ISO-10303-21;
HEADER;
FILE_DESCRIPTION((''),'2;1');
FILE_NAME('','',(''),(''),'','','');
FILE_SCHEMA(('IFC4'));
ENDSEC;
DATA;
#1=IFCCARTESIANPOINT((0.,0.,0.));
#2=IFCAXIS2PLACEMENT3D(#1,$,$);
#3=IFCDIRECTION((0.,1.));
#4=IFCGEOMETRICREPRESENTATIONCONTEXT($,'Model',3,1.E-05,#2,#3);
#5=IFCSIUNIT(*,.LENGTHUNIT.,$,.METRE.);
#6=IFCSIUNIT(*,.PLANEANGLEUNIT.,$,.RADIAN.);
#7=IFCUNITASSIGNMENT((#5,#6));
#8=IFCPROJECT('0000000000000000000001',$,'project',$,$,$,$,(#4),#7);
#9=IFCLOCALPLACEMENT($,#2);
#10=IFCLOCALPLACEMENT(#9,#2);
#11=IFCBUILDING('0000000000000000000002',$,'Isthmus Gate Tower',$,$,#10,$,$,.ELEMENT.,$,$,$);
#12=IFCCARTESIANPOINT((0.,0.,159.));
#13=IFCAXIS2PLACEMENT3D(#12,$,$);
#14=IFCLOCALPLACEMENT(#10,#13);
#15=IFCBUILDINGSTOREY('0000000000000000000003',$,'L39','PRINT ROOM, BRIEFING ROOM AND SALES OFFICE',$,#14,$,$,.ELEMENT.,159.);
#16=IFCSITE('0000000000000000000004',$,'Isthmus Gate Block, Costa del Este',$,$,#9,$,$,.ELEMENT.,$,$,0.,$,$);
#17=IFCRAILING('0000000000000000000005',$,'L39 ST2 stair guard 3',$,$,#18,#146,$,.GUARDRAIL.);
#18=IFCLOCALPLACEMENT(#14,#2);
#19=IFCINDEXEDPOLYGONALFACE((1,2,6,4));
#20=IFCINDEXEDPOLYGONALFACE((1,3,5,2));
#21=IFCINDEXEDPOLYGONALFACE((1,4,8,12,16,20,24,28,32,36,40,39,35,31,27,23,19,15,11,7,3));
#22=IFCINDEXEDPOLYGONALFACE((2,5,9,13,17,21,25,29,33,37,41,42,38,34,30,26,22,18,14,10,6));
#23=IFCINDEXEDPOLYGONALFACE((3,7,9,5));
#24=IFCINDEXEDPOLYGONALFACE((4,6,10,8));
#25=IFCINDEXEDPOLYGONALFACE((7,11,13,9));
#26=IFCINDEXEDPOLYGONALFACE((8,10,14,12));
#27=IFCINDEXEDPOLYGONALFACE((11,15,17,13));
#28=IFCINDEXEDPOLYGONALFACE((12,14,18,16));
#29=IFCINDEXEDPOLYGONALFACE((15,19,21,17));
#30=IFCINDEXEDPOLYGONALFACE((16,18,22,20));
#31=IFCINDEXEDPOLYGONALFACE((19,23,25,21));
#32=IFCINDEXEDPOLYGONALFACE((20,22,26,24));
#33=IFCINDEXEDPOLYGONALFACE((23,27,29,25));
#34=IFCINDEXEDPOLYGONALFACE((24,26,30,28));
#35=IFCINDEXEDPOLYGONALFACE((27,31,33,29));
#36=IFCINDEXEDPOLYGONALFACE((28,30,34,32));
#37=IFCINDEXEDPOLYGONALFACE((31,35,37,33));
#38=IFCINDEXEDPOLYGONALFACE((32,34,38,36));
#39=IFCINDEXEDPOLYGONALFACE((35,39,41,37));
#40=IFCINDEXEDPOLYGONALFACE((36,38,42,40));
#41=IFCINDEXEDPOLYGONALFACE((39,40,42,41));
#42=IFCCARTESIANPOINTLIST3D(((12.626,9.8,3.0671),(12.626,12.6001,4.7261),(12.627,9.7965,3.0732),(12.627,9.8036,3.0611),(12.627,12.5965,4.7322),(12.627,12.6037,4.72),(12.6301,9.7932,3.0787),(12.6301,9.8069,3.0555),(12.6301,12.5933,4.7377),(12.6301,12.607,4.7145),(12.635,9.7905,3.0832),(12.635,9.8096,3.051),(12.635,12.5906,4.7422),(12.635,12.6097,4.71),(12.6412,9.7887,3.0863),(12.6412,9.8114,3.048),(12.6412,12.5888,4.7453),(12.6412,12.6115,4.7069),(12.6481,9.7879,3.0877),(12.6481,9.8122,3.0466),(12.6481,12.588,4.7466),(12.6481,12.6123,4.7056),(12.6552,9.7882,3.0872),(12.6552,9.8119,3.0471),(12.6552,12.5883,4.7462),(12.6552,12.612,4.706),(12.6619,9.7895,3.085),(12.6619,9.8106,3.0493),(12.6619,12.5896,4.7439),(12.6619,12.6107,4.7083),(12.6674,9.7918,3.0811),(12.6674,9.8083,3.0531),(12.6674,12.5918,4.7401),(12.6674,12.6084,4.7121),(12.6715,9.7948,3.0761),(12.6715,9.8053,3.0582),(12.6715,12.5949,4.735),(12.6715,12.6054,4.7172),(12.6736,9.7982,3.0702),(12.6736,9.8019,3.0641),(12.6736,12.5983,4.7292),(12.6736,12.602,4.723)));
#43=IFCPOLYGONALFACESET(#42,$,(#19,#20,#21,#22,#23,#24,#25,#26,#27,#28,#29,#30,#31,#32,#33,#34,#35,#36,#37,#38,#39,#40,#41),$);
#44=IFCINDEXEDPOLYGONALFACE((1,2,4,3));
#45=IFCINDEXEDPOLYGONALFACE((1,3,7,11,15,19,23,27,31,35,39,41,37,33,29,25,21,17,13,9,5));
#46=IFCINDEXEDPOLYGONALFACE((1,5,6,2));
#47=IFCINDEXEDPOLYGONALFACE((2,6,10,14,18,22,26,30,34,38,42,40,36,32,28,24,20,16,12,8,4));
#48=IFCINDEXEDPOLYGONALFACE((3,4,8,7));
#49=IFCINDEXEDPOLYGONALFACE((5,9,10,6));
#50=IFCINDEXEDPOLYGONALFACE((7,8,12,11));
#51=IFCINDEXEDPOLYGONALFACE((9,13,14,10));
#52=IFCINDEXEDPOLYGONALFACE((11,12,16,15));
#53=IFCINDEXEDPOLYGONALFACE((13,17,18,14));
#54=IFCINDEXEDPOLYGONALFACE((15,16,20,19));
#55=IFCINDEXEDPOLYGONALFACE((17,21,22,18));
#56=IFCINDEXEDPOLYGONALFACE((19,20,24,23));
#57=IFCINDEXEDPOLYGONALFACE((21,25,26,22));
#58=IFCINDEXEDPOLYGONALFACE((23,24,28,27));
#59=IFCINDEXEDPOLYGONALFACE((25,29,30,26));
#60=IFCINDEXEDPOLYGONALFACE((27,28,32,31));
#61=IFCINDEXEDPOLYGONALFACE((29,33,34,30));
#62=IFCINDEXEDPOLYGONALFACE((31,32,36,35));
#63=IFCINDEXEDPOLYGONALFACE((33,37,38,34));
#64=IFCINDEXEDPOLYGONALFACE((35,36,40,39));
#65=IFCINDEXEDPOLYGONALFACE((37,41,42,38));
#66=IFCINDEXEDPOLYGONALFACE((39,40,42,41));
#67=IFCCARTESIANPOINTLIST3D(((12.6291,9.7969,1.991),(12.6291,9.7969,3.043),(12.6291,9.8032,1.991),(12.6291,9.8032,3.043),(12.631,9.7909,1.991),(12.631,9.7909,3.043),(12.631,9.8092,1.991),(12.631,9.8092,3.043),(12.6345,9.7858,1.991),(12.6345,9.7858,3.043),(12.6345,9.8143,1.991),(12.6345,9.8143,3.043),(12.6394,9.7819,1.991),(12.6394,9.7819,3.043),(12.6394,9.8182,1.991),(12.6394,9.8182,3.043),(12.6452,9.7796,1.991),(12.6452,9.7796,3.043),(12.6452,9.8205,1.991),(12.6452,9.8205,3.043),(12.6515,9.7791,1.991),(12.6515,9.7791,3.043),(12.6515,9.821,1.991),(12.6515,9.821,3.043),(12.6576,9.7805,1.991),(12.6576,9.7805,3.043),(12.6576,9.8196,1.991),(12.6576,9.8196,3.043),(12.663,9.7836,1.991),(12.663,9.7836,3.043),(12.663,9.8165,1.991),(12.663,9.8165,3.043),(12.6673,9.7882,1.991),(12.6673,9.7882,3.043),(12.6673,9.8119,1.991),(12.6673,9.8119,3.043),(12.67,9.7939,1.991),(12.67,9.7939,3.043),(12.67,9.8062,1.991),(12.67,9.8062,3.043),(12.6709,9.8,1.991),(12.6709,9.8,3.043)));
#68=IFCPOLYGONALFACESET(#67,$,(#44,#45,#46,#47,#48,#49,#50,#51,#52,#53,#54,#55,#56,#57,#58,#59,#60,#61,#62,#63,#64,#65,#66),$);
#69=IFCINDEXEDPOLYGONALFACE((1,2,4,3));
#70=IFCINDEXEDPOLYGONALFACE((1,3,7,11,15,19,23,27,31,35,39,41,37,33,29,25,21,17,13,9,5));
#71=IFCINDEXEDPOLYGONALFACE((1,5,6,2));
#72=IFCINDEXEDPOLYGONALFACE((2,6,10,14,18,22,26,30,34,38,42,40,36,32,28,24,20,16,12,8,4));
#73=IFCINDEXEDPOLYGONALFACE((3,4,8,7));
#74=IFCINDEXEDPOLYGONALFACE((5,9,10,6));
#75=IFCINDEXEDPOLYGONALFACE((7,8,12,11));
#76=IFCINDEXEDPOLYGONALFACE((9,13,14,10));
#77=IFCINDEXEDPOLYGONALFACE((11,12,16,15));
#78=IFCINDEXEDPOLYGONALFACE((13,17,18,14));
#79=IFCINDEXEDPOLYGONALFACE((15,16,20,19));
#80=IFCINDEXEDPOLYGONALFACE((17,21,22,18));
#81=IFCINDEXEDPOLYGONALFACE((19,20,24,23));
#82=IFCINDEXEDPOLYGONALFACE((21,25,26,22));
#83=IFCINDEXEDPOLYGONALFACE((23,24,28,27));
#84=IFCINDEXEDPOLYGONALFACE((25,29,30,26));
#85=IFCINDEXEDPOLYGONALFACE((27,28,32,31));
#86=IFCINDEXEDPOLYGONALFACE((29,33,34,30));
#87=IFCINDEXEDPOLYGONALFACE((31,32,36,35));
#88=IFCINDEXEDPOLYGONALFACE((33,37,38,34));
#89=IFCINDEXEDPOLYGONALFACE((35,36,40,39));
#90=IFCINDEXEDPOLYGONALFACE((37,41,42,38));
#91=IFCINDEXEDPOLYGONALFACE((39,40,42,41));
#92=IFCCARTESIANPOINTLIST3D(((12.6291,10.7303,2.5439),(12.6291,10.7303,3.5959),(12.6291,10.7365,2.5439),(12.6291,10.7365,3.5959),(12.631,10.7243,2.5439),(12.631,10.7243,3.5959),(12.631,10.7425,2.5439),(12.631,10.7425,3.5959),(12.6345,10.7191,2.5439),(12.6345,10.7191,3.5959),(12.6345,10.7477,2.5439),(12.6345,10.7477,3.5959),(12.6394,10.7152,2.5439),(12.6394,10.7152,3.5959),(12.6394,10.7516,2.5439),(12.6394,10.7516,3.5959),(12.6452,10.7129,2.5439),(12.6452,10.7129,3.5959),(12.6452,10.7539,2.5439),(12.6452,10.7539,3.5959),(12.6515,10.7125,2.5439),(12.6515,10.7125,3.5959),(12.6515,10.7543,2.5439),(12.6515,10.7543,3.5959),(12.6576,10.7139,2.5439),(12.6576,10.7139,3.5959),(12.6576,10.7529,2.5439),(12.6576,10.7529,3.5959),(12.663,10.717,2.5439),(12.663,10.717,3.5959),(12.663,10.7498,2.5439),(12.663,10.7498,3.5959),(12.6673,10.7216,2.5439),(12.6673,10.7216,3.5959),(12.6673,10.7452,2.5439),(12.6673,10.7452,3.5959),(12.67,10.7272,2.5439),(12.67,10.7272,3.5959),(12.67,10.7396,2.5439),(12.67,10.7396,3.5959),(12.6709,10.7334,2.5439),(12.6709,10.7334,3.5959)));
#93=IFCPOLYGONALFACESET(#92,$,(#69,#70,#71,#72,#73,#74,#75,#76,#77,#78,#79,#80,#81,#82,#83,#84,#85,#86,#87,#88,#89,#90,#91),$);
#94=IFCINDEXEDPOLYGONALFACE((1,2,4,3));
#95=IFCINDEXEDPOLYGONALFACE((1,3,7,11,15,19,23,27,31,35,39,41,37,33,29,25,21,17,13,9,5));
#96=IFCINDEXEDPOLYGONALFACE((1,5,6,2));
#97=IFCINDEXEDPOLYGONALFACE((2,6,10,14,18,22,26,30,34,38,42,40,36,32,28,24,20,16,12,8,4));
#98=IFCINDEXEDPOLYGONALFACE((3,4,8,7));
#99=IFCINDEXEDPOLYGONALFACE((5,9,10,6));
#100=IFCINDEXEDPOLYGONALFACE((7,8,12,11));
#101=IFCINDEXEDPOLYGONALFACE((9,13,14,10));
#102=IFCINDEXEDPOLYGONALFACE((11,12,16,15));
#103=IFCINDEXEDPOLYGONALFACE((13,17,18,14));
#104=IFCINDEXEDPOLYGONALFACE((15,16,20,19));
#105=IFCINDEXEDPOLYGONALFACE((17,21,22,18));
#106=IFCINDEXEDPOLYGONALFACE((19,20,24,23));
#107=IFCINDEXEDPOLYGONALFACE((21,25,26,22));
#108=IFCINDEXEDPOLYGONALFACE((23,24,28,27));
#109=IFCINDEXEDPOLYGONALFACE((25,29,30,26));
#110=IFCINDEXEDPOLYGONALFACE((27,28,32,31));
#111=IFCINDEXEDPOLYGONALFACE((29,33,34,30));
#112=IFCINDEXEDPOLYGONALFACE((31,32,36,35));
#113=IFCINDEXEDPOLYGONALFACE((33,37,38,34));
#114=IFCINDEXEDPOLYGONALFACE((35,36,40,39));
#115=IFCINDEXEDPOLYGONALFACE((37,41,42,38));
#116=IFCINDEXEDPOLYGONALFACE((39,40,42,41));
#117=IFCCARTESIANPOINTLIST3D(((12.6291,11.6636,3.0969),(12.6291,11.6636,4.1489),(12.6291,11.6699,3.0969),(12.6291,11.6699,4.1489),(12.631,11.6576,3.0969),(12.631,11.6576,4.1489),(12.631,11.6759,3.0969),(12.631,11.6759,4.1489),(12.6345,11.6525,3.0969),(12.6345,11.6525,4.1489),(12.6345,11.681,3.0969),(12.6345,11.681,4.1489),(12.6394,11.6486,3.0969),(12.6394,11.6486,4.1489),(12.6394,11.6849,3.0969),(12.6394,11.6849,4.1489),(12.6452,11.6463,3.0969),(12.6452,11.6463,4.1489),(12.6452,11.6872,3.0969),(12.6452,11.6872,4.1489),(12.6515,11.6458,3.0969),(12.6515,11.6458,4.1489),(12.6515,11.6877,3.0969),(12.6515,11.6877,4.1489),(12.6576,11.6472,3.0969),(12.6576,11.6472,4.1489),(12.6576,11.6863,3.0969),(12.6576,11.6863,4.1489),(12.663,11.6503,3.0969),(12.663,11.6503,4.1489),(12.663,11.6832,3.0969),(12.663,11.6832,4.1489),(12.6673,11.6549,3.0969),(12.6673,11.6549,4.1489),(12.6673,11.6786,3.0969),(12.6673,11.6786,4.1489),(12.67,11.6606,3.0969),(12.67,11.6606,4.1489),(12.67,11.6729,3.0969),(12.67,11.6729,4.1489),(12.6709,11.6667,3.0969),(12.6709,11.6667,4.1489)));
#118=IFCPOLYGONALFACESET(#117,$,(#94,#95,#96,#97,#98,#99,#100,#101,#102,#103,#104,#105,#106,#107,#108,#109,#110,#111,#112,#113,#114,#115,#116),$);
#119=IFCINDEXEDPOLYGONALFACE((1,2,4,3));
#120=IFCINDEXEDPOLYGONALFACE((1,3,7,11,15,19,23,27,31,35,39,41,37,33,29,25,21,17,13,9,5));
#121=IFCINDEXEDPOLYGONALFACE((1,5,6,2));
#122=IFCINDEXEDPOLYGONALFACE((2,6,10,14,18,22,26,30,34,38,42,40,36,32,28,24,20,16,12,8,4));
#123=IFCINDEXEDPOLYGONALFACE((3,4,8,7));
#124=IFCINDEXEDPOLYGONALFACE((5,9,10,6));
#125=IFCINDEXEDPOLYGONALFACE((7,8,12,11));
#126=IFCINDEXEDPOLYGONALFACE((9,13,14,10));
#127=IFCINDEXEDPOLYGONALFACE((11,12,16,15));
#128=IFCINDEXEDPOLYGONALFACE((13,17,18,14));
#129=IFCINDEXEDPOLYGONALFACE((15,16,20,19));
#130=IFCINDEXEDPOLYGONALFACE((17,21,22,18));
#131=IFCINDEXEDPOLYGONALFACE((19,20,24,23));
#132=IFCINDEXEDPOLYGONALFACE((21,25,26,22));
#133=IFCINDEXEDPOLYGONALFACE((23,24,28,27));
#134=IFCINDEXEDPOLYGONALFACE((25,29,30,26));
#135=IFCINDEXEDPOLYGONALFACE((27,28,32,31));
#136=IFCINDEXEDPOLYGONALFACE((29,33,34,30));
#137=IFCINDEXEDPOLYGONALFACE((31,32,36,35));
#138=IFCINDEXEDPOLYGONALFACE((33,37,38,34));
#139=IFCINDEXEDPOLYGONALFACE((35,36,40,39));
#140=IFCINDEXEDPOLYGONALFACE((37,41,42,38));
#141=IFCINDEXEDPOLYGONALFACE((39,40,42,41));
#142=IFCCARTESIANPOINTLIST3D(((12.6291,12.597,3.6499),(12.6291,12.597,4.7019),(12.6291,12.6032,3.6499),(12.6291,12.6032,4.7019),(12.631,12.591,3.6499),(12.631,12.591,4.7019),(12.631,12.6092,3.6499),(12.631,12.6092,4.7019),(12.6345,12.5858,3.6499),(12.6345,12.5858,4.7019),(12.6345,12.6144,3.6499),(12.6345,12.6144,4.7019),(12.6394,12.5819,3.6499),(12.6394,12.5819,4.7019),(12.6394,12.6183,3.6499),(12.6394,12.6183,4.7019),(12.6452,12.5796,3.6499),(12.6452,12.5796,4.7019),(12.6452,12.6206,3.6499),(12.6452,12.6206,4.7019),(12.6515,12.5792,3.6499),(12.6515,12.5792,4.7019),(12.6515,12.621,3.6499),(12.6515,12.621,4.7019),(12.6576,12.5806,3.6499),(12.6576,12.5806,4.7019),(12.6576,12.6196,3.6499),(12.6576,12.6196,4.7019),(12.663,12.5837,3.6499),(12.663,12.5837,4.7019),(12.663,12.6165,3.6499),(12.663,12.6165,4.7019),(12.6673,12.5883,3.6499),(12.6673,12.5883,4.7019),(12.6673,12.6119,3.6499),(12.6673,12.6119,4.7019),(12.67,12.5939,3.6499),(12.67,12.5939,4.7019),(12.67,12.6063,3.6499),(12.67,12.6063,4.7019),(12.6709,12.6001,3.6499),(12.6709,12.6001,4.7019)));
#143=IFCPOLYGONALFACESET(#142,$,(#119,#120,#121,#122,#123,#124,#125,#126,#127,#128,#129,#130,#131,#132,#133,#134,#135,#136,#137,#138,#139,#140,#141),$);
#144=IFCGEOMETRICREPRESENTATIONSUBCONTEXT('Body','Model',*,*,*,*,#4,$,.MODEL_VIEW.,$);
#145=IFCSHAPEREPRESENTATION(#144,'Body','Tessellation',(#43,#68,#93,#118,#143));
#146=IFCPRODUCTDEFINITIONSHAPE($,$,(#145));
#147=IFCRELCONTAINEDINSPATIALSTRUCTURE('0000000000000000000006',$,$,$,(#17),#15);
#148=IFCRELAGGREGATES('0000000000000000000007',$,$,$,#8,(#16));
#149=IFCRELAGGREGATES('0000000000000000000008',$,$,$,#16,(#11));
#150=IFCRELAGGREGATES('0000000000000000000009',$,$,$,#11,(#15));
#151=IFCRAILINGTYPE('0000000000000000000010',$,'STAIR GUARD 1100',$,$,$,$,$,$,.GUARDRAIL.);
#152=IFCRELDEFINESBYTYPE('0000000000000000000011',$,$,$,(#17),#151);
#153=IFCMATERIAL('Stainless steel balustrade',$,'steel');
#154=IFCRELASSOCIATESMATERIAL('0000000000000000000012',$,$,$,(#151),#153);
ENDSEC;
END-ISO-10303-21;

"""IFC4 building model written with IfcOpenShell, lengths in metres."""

from ifc_helpers import new_model, si_unit, direction, frame, origin, origin_2d, place, context, subcontext, project, spatial, circle, extrude, material, type_object, element, save


model = new_model("IFC4")

# Units and contexts
model_context = context("Model", 3, precision=1e-05, world=origin(), true_north=direction((0.0, 1.0)))
body_context = subcontext(model_context, "Body", "Model", "MODEL_VIEW")
ifc_project = project(units=[si_unit("LENGTHUNIT", "METRE"), si_unit("PLANEANGLEUNIT", "RADIAN")], contexts=[model_context])

# Site, building, storey
site_placement = place(None, origin())
site = spatial("IfcSite", under=ifc_project, at=site_placement, Name="Isthmus Gate Block, Costa del Este", CompositionType="ELEMENT", RefElevation=0.0)
building_placement = place(site_placement, origin())
building = spatial("IfcBuilding", under=site, at=building_placement, Name="Isthmus Gate Tower", CompositionType="ELEMENT")
storey_placement = place(building_placement, frame((0.0, 0.0, 159.0)))
storey = spatial("IfcBuildingStorey", under=building, at=storey_placement, Name="L39", Description="PRINT ROOM, BRIEFING ROOM AND SALES OFFICE", CompositionType="ELEMENT", Elevation=159.0)

# Railing
ifc_material_1 = material(Name="Stainless steel balustrade", Category="steel")
railing_type_1 = type_object("IfcRailingType", Name="STAIR GUARD 1100", PredefinedType="GUARDRAIL", material=ifc_material_1)
railing_1_placement = place(storey_placement, frame((12.6499, 9.8, 1.991)))
element("IfcRailing", 1, at=railing_1_placement, inside=storey, type_object=railing_type_1, Name="L39 ST2 stair guard 3", PredefinedType="GUARDRAIL", context=body_context, shape_type="SweptSolid", body=[
    extrude(circle(Radius=0.0239, at=origin_2d()), frame((0.0, 0.0, 1.0762), z_axis=(0.0, 0.860339, 0.509722), x_axis=(-1.0, 0.0, 0.0)), (0.0, 0.0, 1.0), 3.2546),
    extrude(circle(Radius=0.021, at=origin_2d()), origin(), (0.0, 0.0, 1.0), 1.052),
    extrude(circle(Radius=0.021, at=origin_2d()), frame((0.0, 0.9333, 0.553)), (0.0, 0.0, 1.0), 1.052),
    extrude(circle(Radius=0.021, at=origin_2d()), frame((0.0, 1.8667, 1.106)), (0.0, 0.0, 1.0), 1.052),
    extrude(circle(Radius=0.021, at=origin_2d()), frame((0.0, 2.8, 1.6589)), (0.0, 0.0, 1.0), 1.052),
])

save(model, "model.ifc")
